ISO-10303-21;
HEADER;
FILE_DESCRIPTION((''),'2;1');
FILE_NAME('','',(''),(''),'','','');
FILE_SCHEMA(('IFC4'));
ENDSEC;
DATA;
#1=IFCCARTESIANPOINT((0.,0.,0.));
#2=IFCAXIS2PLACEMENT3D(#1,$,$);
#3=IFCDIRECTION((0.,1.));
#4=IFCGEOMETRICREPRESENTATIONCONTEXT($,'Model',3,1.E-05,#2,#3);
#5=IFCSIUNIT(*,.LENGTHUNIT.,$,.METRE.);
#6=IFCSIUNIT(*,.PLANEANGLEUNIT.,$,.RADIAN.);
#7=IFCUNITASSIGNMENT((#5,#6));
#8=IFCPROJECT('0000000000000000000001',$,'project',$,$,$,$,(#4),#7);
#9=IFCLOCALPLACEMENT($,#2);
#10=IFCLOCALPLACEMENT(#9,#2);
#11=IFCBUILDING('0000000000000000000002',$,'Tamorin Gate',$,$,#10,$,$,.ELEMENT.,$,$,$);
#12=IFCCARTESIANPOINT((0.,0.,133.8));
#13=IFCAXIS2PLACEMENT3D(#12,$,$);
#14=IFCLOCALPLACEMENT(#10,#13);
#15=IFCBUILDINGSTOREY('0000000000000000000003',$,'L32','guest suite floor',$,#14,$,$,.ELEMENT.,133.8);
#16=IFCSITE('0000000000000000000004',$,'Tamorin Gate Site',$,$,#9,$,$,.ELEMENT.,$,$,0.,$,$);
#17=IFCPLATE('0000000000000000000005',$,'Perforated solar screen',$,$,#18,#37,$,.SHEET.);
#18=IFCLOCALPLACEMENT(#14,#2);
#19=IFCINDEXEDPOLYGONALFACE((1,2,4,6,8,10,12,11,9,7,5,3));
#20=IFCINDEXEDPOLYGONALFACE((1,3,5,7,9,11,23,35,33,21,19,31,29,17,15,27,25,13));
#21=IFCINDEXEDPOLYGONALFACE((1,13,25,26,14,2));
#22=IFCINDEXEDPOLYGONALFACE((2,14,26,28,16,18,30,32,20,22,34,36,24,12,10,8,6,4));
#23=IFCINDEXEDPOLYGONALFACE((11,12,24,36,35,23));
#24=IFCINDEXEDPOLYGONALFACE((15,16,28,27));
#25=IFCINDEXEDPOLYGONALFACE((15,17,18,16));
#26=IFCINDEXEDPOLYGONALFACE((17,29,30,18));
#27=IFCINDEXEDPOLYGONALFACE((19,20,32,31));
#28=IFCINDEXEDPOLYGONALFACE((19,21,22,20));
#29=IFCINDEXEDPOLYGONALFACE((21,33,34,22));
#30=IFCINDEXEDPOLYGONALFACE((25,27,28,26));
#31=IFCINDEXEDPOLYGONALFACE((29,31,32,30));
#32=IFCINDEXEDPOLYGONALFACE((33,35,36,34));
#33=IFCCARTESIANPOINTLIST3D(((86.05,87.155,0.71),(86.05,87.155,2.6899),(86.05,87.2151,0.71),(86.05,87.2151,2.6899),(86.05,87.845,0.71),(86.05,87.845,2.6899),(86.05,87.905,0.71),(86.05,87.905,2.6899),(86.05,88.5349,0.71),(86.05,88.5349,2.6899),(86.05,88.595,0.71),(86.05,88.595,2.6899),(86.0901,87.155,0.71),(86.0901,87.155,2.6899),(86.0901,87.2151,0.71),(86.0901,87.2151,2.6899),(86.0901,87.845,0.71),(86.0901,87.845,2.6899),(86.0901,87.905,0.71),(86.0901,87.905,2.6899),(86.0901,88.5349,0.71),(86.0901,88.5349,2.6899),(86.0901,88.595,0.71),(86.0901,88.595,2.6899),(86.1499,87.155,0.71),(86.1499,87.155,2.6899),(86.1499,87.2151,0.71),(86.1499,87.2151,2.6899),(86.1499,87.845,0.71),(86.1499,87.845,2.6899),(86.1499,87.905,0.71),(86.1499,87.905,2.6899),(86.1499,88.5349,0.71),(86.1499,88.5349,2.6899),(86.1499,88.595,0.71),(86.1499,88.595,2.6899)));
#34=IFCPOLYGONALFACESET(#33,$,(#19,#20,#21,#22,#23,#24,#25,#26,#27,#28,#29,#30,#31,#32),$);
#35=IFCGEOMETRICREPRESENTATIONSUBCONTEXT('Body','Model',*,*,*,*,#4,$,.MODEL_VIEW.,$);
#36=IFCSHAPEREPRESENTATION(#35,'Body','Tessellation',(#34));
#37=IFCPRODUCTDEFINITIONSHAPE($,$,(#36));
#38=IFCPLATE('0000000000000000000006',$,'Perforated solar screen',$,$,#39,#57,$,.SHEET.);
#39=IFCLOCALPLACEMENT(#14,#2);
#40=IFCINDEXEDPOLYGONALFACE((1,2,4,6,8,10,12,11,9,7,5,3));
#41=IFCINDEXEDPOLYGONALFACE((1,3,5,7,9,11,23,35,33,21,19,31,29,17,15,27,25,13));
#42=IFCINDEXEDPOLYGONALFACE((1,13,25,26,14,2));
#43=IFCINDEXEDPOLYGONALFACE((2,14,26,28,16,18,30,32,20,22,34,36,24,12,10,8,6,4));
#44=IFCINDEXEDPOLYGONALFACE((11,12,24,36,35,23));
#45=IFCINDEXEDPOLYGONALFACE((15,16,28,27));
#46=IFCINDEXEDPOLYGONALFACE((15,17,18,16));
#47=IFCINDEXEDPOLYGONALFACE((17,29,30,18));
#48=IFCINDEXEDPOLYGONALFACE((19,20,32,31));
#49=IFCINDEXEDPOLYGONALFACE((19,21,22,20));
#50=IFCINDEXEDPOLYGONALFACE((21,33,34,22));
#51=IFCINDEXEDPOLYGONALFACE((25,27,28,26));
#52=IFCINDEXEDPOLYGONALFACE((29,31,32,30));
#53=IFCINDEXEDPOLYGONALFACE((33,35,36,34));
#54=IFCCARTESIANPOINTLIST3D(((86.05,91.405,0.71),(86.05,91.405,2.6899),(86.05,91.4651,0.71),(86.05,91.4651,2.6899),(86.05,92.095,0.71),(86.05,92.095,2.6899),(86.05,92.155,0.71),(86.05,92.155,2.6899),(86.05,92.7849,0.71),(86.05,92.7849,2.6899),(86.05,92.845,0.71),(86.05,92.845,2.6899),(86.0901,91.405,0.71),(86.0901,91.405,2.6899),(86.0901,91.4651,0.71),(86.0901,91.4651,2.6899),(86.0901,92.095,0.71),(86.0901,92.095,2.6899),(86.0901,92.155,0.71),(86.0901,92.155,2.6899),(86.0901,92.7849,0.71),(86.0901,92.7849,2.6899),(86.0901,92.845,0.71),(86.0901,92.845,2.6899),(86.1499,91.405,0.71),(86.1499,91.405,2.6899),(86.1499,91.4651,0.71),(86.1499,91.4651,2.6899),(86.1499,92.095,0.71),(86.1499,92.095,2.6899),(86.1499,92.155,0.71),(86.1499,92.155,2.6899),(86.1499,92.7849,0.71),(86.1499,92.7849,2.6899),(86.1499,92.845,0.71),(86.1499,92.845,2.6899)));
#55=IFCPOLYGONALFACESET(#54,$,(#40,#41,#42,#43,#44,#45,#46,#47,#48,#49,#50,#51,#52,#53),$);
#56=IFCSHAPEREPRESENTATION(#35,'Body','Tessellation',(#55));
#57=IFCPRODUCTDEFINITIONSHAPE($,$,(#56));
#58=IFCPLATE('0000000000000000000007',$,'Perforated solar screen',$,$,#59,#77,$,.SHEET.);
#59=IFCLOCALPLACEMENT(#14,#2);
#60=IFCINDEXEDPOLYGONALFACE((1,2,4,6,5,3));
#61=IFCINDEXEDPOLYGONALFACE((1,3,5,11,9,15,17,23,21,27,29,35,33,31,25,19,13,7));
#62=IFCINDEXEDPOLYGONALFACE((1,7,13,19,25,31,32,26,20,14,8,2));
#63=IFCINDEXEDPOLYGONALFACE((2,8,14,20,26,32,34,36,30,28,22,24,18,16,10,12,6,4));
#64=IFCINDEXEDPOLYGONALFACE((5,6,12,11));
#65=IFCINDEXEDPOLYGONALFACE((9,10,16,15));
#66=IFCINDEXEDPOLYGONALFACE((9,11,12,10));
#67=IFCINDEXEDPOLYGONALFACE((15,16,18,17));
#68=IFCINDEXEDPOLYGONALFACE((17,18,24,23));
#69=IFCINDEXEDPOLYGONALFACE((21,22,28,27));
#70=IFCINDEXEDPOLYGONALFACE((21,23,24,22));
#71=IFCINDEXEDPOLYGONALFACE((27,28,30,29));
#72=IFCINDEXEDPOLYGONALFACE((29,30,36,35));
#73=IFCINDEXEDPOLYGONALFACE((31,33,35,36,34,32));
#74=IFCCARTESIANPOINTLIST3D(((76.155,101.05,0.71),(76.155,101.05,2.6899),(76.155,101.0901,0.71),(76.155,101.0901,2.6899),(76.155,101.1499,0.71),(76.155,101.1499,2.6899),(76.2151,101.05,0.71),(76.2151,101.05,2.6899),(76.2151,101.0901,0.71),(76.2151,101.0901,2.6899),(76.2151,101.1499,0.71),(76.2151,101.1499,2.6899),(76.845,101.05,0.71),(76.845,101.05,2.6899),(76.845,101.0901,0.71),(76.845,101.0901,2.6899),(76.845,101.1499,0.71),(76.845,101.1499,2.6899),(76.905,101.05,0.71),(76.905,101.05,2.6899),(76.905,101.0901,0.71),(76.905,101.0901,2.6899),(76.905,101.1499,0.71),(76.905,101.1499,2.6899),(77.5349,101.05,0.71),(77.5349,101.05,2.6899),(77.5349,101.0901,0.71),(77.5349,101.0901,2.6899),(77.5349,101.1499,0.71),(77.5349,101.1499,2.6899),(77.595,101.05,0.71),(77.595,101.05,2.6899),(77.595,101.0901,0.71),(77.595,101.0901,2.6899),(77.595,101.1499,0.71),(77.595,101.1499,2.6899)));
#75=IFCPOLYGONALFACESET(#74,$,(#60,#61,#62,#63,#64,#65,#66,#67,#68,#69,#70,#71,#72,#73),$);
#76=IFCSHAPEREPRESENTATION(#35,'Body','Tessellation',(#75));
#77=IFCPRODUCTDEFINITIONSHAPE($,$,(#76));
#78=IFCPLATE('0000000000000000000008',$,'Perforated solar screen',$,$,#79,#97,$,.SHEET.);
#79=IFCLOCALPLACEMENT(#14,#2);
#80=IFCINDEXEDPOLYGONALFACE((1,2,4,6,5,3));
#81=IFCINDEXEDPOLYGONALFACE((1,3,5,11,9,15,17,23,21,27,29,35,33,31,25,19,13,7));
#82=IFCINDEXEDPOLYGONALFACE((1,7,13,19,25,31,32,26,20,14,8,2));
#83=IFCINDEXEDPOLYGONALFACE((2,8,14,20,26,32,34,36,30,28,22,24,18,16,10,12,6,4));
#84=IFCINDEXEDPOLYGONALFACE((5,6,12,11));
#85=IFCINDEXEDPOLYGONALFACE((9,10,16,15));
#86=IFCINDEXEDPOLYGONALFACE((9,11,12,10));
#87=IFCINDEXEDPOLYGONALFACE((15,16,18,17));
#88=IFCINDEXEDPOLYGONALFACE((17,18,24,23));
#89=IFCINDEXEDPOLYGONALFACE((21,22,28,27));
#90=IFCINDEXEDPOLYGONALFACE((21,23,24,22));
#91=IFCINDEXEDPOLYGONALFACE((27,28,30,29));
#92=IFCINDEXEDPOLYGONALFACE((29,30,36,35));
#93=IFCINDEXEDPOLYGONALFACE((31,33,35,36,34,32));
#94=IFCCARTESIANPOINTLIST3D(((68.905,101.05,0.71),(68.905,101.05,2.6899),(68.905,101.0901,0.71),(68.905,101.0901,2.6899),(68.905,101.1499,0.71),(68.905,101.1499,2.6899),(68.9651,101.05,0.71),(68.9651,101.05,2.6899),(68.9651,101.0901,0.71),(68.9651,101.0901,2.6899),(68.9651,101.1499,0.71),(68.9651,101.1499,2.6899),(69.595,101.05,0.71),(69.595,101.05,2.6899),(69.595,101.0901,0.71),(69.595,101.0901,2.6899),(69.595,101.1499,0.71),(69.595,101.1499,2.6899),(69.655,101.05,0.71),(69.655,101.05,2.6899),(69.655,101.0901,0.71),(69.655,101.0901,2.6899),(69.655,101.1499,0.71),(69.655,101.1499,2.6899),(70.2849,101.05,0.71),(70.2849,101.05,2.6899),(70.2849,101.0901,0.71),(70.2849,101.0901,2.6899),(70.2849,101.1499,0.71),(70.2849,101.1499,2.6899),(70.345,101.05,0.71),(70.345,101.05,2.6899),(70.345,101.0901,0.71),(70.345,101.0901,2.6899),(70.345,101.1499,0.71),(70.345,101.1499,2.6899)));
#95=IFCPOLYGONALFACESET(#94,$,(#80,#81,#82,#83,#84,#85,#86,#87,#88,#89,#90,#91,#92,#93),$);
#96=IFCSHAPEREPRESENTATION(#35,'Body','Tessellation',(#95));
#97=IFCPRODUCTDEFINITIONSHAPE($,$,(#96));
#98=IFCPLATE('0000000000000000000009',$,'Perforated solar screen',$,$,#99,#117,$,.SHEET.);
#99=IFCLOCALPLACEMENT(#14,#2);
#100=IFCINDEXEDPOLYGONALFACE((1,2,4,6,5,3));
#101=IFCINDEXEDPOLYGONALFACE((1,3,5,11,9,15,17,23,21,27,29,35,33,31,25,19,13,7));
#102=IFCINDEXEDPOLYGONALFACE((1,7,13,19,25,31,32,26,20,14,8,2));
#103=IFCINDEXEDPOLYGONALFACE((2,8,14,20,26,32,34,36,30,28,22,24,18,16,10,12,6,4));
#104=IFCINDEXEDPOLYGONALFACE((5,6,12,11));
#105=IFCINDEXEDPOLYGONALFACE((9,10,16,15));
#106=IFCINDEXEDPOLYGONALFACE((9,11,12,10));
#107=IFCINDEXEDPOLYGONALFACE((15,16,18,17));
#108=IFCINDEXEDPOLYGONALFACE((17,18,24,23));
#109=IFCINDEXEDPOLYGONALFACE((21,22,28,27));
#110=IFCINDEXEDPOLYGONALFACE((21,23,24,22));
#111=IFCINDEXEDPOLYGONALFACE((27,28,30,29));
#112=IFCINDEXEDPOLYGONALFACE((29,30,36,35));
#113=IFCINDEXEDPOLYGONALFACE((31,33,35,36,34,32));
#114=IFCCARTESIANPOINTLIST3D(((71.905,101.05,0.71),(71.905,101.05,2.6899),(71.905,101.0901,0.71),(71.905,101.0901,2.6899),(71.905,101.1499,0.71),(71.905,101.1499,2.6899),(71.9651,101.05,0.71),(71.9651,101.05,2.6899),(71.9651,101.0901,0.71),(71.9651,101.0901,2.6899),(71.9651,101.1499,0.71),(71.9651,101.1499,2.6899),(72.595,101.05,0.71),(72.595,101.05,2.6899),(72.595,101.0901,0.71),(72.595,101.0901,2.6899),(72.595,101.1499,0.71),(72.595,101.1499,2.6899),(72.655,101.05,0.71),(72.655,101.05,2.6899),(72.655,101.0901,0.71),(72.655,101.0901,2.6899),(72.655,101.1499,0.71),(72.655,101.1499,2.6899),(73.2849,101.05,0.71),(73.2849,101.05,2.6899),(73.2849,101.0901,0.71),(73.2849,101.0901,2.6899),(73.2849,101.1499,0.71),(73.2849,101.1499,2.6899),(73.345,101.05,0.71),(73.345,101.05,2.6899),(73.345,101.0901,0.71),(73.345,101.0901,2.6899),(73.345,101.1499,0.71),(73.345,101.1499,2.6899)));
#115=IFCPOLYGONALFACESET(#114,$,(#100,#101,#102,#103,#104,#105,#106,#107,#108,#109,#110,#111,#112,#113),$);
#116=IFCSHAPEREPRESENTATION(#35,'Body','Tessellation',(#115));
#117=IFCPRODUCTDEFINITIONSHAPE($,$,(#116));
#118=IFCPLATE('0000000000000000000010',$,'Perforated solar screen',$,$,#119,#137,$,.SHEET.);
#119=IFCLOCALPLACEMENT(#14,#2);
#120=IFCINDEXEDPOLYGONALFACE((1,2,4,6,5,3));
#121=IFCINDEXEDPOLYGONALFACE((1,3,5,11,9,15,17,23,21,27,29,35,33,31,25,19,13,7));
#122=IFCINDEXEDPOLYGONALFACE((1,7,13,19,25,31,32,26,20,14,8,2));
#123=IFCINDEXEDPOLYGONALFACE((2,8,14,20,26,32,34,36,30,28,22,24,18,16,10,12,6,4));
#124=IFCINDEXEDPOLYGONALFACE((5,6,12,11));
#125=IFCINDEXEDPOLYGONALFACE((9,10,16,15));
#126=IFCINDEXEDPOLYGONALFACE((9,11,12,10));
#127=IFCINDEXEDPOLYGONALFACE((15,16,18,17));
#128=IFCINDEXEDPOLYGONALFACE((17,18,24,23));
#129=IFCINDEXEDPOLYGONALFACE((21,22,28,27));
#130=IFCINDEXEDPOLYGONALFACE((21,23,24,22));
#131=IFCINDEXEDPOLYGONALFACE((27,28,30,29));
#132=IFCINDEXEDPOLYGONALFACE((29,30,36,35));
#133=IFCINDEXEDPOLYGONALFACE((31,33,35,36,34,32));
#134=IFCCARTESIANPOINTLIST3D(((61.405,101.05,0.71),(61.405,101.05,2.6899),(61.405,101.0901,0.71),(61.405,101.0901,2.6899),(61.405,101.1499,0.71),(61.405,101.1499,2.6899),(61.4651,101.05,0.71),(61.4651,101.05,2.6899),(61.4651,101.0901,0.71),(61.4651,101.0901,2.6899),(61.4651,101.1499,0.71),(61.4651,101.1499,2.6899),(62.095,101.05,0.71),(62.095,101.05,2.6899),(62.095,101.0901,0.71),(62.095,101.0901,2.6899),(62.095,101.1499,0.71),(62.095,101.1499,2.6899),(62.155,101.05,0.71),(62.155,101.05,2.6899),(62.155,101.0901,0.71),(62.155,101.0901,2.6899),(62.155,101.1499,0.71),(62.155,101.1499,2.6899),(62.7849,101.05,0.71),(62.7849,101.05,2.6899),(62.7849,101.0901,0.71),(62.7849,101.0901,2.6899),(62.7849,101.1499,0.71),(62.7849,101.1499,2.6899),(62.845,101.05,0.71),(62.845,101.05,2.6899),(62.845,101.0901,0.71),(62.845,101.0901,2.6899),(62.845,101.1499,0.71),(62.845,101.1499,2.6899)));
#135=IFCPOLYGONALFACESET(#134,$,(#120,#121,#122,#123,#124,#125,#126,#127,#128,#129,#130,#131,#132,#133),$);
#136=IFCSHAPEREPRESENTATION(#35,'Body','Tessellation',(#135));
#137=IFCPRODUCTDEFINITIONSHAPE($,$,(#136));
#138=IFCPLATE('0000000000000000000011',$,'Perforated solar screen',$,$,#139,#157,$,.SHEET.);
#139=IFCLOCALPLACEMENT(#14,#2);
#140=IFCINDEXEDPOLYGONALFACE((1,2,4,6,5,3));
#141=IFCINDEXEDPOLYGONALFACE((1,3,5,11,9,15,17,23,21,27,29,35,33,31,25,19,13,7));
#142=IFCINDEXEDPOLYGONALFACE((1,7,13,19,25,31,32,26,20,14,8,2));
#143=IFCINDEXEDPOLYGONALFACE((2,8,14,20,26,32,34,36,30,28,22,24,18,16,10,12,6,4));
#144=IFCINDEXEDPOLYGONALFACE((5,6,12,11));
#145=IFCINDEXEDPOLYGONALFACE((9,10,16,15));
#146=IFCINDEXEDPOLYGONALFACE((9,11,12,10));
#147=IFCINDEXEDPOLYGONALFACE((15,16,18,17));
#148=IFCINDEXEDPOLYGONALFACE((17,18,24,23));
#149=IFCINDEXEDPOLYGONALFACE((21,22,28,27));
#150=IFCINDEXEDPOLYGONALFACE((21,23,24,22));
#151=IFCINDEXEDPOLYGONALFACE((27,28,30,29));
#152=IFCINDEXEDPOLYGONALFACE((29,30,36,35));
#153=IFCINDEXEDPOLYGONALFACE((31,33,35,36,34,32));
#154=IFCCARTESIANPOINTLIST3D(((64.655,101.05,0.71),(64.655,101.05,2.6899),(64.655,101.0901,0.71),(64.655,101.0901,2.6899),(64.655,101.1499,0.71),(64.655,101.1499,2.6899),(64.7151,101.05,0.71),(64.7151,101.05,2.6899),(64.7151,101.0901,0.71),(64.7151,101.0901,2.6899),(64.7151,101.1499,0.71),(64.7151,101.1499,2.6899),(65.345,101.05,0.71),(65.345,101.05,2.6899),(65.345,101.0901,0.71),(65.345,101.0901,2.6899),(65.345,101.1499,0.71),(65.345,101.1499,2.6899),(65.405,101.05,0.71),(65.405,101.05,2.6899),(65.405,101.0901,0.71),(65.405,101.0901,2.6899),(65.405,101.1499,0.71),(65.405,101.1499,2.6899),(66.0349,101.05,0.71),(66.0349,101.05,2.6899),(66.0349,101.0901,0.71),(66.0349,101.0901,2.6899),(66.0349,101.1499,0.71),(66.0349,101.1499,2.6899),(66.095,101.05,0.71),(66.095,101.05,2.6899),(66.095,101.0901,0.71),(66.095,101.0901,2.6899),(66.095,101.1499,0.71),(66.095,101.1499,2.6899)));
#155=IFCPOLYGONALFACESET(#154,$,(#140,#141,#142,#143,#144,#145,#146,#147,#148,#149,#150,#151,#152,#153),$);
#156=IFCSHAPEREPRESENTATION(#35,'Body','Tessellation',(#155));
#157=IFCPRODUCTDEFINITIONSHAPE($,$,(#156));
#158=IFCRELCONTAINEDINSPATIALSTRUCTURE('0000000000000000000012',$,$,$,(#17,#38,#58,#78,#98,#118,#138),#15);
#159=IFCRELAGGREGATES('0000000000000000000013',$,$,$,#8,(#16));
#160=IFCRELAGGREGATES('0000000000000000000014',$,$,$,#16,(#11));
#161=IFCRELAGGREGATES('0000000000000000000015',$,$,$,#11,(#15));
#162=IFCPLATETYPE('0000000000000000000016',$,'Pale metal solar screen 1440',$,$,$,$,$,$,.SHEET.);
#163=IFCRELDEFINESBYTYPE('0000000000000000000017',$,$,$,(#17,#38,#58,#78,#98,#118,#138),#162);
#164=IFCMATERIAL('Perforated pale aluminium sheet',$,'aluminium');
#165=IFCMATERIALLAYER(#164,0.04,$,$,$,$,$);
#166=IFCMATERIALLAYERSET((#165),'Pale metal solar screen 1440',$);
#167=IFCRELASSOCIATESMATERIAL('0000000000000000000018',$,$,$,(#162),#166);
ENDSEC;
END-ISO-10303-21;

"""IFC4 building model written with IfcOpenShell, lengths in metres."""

from ifc_helpers import new_model, si_unit, direction, frame, origin, place, context, subcontext, project, spatial, polyline, outline, extrude, material, layer, layer_set, type_object, element, save


model = new_model("IFC4")

# Units and contexts
model_context = context("Model", 3, precision=1e-05, world=origin(), true_north=direction((0.0, 1.0)))
body_context = subcontext(model_context, "Body", "Model", "MODEL_VIEW")
ifc_project = project(units=[si_unit("LENGTHUNIT", "METRE"), si_unit("PLANEANGLEUNIT", "RADIAN")], contexts=[model_context])

# Site, building, storey
site_placement = place(None, origin())
site = spatial("IfcSite", under=ifc_project, at=site_placement, Name="Tamorin Gate Site", CompositionType="ELEMENT", RefElevation=0.0)
building_placement = place(site_placement, origin())
building = spatial("IfcBuilding", under=site, at=building_placement, Name="Tamorin Gate", CompositionType="ELEMENT")
storey_placement = place(building_placement, frame((0.0, 0.0, 133.8)))
storey = spatial("IfcBuildingStorey", under=building, at=storey_placement, Name="L32", Description="guest suite floor", CompositionType="ELEMENT", Elevation=133.8)

# Plates
ifc_material = material(Name="Perforated pale aluminium sheet", Category="aluminium")
ifc_layer_1 = layer(ifc_material, 0.04)
ifc_layer_set_1 = layer_set([ifc_layer_1], Name="Pale metal solar screen 1440")
plate_type_1 = type_object("IfcPlateType", Name="Pale metal solar screen 1440", PredefinedType="SHEET", material=ifc_layer_set_1)
plate_1_placement = place(storey_placement, frame((0.0, 0.0, 0.71)))
element("IfcPlate", 1, at=plate_1_placement, inside=storey, type_object=plate_type_1, Name="Perforated solar screen", PredefinedType="SHEET", context=body_context, shape_type="SweptSolid", body=[
    extrude(outline(polyline([(86.0901, 87.155), (86.05, 87.155), (86.05, 87.2151), (86.05, 87.845), (86.05, 87.905), (86.05, 88.5349), (86.05, 88.595), (86.0901, 88.595), (86.1499, 88.595), (86.1499, 88.5349), (86.0901, 88.5349), (86.0901, 87.905), (86.1499, 87.905), (86.1499, 87.845), (86.0901, 87.845), (86.0901, 87.2151), (86.1499, 87.2151), (86.1499, 87.155), (86.0901, 87.155)])), origin(), (0.0, 0.0, 1.0), 1.98),
])
plate_2_placement = place(storey_placement, frame((0.0, 0.0, 0.71)))
element("IfcPlate", 2, at=plate_2_placement, inside=storey, type_object=plate_type_1, Name="Perforated solar screen", PredefinedType="SHEET", context=body_context, shape_type="SweptSolid", body=[
    extrude(outline(polyline([(86.0901, 91.405), (86.05, 91.405), (86.05, 91.4651), (86.05, 92.095), (86.05, 92.155), (86.05, 92.7849), (86.05, 92.845), (86.0901, 92.845), (86.1499, 92.845), (86.1499, 92.7849), (86.0901, 92.7849), (86.0901, 92.155), (86.1499, 92.155), (86.1499, 92.095), (86.0901, 92.095), (86.0901, 91.4651), (86.1499, 91.4651), (86.1499, 91.405), (86.0901, 91.405)])), origin(), (0.0, 0.0, 1.0), 1.98),
])
plate_3_placement = place(storey_placement, frame((0.0, 0.0, 0.71)))
element("IfcPlate", 3, at=plate_3_placement, inside=storey, type_object=plate_type_1, Name="Perforated solar screen", PredefinedType="SHEET", context=body_context, shape_type="SweptSolid", body=[
    extrude(outline(polyline([(77.595, 101.0901), (77.595, 101.05), (77.5349, 101.05), (76.905, 101.05), (76.845, 101.05), (76.2151, 101.05), (76.155, 101.05), (76.155, 101.05), (76.155, 101.0901), (76.155, 101.0901), (76.155, 101.1499), (76.2151, 101.1499), (76.2151, 101.0901), (76.845, 101.0901), (76.845, 101.1499), (76.905, 101.1499), (76.905, 101.0901), (77.5349, 101.0901), (77.5349, 101.1499), (77.595, 101.1499), (77.595, 101.0901)])), origin(), (0.0, 0.0, 1.0), 1.98),
])
plate_4_placement = place(storey_placement, frame((0.0, 0.0, 0.71)))
element("IfcPlate", 4, at=plate_4_placement, inside=storey, type_object=plate_type_1, Name="Perforated solar screen", PredefinedType="SHEET", context=body_context, shape_type="SweptSolid", body=[
    extrude(outline(polyline([(70.345, 101.0901), (70.345, 101.05), (70.2849, 101.05), (69.655, 101.05), (69.595, 101.05), (68.9651, 101.05), (68.905, 101.05), (68.905, 101.0901), (68.905, 101.1499), (68.9651, 101.1499), (68.9651, 101.0901), (69.595, 101.0901), (69.595, 101.1499), (69.655, 101.1499), (69.655, 101.0901), (70.2849, 101.0901), (70.2849, 101.1499), (70.345, 101.1499), (70.345, 101.0901)])), origin(), (0.0, 0.0, 1.0), 1.98),
])
plate_5_placement = place(storey_placement, frame((0.0, 0.0, 0.71)))
element("IfcPlate", 5, at=plate_5_placement, inside=storey, type_object=plate_type_1, Name="Perforated solar screen", PredefinedType="SHEET", context=body_context, shape_type="SweptSolid", body=[
    extrude(outline(polyline([(73.345, 101.0901), (73.345, 101.05), (73.2849, 101.05), (72.655, 101.05), (72.595, 101.05), (71.9651, 101.05), (71.905, 101.05), (71.905, 101.0901), (71.905, 101.1499), (71.9651, 101.1499), (71.9651, 101.0901), (72.595, 101.0901), (72.595, 101.1499), (72.655, 101.1499), (72.655, 101.0901), (73.2849, 101.0901), (73.2849, 101.1499), (73.345, 101.1499), (73.345, 101.0901)])), origin(), (0.0, 0.0, 1.0), 1.98),
])
plate_6_placement = place(storey_placement, frame((0.0, 0.0, 0.71)))
element("IfcPlate", 6, at=plate_6_placement, inside=storey, type_object=plate_type_1, Name="Perforated solar screen", PredefinedType="SHEET", context=body_context, shape_type="SweptSolid", body=[
    extrude(outline(polyline([(62.845, 101.0901), (62.845, 101.05), (62.7849, 101.05), (62.155, 101.05), (62.095, 101.05), (61.4651, 101.05), (61.405, 101.05), (61.405, 101.0901), (61.405, 101.1499), (61.4651, 101.1499), (61.4651, 101.0901), (62.095, 101.0901), (62.095, 101.1499), (62.155, 101.1499), (62.155, 101.0901), (62.7849, 101.0901), (62.7849, 101.1499), (62.845, 101.1499), (62.845, 101.0901)])), origin(), (0.0, 0.0, 1.0), 1.98),
])
plate_7_placement = place(storey_placement, frame((0.0, 0.0, 0.71)))
element("IfcPlate", 7, at=plate_7_placement, inside=storey, type_object=plate_type_1, Name="Perforated solar screen", PredefinedType="SHEET", context=body_context, shape_type="SweptSolid", body=[
    extrude(outline(polyline([(66.095, 101.0901), (66.095, 101.05), (66.0349, 101.05), (65.405, 101.05), (65.345, 101.05), (64.7151, 101.05), (64.655, 101.05), (64.655, 101.0901), (64.655, 101.1499), (64.7151, 101.1499), (64.7151, 101.0901), (65.345, 101.0901), (65.345, 101.1499), (65.405, 101.1499), (65.405, 101.0901), (66.0349, 101.0901), (66.0349, 101.1499), (66.095, 101.1499), (66.095, 101.0901)])), origin(), (0.0, 0.0, 1.0), 1.98),
])

save(model, "model.ifc")
